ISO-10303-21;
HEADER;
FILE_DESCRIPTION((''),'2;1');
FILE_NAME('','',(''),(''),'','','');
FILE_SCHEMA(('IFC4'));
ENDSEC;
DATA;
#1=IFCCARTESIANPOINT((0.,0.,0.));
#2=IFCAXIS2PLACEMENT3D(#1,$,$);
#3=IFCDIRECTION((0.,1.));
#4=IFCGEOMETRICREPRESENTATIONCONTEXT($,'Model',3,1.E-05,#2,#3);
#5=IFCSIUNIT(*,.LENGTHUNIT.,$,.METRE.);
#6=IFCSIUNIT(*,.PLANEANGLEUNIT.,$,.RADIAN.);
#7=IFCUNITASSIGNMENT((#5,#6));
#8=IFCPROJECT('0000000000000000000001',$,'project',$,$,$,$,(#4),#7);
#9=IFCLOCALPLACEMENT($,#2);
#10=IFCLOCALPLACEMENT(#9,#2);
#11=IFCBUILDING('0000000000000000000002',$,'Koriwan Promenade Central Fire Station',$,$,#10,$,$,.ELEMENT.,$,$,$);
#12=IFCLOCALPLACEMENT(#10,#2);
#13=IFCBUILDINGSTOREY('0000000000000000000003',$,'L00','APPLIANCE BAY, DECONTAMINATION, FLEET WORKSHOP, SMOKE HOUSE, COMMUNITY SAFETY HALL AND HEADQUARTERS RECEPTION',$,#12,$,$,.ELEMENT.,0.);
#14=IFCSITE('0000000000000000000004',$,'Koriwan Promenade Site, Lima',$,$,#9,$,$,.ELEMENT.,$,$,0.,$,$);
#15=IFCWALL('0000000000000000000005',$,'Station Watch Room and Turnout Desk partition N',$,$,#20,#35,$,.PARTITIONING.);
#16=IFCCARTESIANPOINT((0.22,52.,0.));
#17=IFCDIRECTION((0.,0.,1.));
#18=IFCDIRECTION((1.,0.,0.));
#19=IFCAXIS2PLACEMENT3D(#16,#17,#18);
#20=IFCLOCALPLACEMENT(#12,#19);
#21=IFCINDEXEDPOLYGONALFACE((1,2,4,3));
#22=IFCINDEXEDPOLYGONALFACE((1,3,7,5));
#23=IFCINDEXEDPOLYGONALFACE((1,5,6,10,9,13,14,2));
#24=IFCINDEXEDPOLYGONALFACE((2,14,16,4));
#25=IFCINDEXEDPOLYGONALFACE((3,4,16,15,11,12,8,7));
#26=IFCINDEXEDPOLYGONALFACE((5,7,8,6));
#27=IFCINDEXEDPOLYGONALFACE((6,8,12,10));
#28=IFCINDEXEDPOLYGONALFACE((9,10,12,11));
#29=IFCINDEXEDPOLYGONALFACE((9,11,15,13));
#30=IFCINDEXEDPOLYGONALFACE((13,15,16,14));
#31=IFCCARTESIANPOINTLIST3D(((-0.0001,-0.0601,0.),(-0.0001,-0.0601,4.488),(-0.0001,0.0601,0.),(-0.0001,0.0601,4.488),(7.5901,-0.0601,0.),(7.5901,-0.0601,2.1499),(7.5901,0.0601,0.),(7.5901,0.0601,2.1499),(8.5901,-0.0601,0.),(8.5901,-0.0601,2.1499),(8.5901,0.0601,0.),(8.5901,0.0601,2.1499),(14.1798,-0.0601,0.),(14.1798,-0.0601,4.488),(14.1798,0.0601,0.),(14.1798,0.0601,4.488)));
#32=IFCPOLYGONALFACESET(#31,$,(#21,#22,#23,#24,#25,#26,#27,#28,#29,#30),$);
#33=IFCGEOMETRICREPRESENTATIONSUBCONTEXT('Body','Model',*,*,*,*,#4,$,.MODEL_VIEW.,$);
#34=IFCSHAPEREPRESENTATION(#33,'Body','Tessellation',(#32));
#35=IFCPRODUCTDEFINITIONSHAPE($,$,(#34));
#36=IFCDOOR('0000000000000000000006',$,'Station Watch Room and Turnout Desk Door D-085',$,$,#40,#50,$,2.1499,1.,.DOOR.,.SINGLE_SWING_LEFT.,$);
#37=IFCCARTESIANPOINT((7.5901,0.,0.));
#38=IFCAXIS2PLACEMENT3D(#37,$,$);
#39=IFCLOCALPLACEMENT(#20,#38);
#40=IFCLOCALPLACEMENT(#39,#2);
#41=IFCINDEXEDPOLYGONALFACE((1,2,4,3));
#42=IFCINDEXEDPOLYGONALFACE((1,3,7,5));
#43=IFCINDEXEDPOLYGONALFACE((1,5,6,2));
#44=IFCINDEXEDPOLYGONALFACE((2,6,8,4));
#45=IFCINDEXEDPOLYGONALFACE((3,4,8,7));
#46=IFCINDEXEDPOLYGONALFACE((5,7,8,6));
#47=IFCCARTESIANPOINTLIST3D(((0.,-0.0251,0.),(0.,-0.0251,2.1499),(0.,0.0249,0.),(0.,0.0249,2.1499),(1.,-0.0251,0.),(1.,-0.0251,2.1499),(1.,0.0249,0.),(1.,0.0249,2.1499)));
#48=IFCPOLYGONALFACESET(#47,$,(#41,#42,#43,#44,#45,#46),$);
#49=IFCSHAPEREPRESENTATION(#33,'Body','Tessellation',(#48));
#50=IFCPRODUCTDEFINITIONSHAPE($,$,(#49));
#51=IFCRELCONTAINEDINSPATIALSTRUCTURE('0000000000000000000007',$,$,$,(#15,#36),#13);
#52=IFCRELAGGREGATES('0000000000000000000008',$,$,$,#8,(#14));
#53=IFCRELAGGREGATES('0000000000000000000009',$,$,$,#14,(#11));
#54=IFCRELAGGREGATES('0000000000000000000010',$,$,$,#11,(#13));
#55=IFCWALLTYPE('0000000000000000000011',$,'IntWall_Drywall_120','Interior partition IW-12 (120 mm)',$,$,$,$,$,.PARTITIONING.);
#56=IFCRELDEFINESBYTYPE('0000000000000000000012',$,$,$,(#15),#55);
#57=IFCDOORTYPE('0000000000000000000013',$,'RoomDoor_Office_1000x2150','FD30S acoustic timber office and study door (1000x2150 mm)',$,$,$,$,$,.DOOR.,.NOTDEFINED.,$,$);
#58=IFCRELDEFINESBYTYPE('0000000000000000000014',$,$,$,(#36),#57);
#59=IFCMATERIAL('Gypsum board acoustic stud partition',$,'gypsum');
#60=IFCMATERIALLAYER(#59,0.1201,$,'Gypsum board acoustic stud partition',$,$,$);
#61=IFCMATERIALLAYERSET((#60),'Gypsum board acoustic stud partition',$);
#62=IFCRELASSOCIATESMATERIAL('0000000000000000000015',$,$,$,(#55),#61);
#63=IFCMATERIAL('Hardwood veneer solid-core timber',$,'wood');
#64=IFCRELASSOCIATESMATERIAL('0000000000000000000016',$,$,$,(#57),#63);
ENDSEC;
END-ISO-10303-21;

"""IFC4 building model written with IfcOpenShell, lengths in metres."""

from ifc_helpers import new_model, si_unit, direction, frame, frame_2d, origin, place, context, subcontext, project, spatial, rectangle, extrude, material, layer, layer_set, type_object, element, fill, save


model = new_model("IFC4")

# Units and contexts
model_context = context("Model", 3, precision=1e-05, world=origin(), true_north=direction((0.0, 1.0)))
body_context = subcontext(model_context, "Body", "Model", "MODEL_VIEW")
ifc_project = project(units=[si_unit("LENGTHUNIT", "METRE"), si_unit("PLANEANGLEUNIT", "RADIAN")], contexts=[model_context])

# Site, building, storey
site_placement = place(None, origin())
site = spatial("IfcSite", under=ifc_project, at=site_placement, Name="Koriwan Promenade Site, Lima", CompositionType="ELEMENT", RefElevation=0.0)
building_placement = place(site_placement, origin())
building = spatial("IfcBuilding", under=site, at=building_placement, Name="Koriwan Promenade Central Fire Station", CompositionType="ELEMENT")
storey_placement = place(building_placement, origin())
storey = spatial("IfcBuildingStorey", under=building, at=storey_placement, Name="L00", Description="APPLIANCE BAY, DECONTAMINATION, FLEET WORKSHOP, SMOKE HOUSE, COMMUNITY SAFETY HALL AND HEADQUARTERS RECEPTION", CompositionType="ELEMENT", Elevation=0.0)

# Wall, opening, door
ifc_material_1 = material(Name="Gypsum board acoustic stud partition", Category="gypsum")
ifc_layer_1 = layer(ifc_material_1, 0.1201, Name="Gypsum board acoustic stud partition")
ifc_layer_set_1 = layer_set([ifc_layer_1], Name="Gypsum board acoustic stud partition")
wall_type_1 = type_object("IfcWallType", Name="IntWall_Drywall_120", Description="Interior partition IW-12 (120 mm)", PredefinedType="PARTITIONING", material=ifc_layer_set_1)
wall_1_placement = place(storey_placement, frame((0.22, 52.0, 0.0), z_axis=(0.0, 0.0, 1.0), x_axis=(1.0, 0.0, 0.0)))
wall_1 = element("IfcWall", 1, at=wall_1_placement, inside=storey, type_object=wall_type_1, Name="Station Watch Room and Turnout Desk partition N", PredefinedType="PARTITIONING", context=body_context, shape_type="SweptSolid", body=[
    extrude(rectangle(XDim=14.1799, YDim=0.1201, at=frame_2d((7.0898, 0.0))), origin(), (0.0, 0.0, 1.0), 4.488),
])
opening_1_placement = place(wall_1_placement, frame((7.5901, 0.0, 0.0)))
opening_1 = element("IfcOpeningElement", 2, at=opening_1_placement, cuts=wall_1, PredefinedType="OPENING", context=body_context, shape_type="SweptSolid", body=[
    extrude(rectangle(XDim=1.0, YDim=2.1499, at=frame_2d((0.5, 1.075))), frame((0.0, 0.072, 0.0), z_axis=(0.0, -1.0, 0.0), x_axis=(1.0, 0.0, 0.0)), (0.0, 0.0, 1.0), 0.144),
])
ifc_material_2 = material(Name="Hardwood veneer solid-core timber", Category="wood")
door_type = type_object("IfcDoorType", Name="RoomDoor_Office_1000x2150", Description="FD30S acoustic timber office and study door (1000x2150 mm)", OperationType="NOTDEFINED", PredefinedType="DOOR", material=ifc_material_2)
door_1_placement = place(opening_1_placement, origin())
door_1 = element("IfcDoor", 3, at=door_1_placement, inside=storey, type_object=door_type, Name="Station Watch Room and Turnout Desk Door D-085", OperationType="SINGLE_SWING_LEFT", OverallHeight=2.1499, OverallWidth=1.0, PredefinedType="DOOR", context=body_context, shape_type="SweptSolid", body=[
    extrude(rectangle(XDim=1.0, YDim=2.1499, at=frame_2d((0.5, 1.075))), frame((0.0, 0.0249, 0.0), z_axis=(0.0, -1.0, 0.0), x_axis=(1.0, 0.0, 0.0)), (0.0, 0.0, 1.0), 0.05),
])
fill(opening_1, door_1)

save(model, "model.ifc")
